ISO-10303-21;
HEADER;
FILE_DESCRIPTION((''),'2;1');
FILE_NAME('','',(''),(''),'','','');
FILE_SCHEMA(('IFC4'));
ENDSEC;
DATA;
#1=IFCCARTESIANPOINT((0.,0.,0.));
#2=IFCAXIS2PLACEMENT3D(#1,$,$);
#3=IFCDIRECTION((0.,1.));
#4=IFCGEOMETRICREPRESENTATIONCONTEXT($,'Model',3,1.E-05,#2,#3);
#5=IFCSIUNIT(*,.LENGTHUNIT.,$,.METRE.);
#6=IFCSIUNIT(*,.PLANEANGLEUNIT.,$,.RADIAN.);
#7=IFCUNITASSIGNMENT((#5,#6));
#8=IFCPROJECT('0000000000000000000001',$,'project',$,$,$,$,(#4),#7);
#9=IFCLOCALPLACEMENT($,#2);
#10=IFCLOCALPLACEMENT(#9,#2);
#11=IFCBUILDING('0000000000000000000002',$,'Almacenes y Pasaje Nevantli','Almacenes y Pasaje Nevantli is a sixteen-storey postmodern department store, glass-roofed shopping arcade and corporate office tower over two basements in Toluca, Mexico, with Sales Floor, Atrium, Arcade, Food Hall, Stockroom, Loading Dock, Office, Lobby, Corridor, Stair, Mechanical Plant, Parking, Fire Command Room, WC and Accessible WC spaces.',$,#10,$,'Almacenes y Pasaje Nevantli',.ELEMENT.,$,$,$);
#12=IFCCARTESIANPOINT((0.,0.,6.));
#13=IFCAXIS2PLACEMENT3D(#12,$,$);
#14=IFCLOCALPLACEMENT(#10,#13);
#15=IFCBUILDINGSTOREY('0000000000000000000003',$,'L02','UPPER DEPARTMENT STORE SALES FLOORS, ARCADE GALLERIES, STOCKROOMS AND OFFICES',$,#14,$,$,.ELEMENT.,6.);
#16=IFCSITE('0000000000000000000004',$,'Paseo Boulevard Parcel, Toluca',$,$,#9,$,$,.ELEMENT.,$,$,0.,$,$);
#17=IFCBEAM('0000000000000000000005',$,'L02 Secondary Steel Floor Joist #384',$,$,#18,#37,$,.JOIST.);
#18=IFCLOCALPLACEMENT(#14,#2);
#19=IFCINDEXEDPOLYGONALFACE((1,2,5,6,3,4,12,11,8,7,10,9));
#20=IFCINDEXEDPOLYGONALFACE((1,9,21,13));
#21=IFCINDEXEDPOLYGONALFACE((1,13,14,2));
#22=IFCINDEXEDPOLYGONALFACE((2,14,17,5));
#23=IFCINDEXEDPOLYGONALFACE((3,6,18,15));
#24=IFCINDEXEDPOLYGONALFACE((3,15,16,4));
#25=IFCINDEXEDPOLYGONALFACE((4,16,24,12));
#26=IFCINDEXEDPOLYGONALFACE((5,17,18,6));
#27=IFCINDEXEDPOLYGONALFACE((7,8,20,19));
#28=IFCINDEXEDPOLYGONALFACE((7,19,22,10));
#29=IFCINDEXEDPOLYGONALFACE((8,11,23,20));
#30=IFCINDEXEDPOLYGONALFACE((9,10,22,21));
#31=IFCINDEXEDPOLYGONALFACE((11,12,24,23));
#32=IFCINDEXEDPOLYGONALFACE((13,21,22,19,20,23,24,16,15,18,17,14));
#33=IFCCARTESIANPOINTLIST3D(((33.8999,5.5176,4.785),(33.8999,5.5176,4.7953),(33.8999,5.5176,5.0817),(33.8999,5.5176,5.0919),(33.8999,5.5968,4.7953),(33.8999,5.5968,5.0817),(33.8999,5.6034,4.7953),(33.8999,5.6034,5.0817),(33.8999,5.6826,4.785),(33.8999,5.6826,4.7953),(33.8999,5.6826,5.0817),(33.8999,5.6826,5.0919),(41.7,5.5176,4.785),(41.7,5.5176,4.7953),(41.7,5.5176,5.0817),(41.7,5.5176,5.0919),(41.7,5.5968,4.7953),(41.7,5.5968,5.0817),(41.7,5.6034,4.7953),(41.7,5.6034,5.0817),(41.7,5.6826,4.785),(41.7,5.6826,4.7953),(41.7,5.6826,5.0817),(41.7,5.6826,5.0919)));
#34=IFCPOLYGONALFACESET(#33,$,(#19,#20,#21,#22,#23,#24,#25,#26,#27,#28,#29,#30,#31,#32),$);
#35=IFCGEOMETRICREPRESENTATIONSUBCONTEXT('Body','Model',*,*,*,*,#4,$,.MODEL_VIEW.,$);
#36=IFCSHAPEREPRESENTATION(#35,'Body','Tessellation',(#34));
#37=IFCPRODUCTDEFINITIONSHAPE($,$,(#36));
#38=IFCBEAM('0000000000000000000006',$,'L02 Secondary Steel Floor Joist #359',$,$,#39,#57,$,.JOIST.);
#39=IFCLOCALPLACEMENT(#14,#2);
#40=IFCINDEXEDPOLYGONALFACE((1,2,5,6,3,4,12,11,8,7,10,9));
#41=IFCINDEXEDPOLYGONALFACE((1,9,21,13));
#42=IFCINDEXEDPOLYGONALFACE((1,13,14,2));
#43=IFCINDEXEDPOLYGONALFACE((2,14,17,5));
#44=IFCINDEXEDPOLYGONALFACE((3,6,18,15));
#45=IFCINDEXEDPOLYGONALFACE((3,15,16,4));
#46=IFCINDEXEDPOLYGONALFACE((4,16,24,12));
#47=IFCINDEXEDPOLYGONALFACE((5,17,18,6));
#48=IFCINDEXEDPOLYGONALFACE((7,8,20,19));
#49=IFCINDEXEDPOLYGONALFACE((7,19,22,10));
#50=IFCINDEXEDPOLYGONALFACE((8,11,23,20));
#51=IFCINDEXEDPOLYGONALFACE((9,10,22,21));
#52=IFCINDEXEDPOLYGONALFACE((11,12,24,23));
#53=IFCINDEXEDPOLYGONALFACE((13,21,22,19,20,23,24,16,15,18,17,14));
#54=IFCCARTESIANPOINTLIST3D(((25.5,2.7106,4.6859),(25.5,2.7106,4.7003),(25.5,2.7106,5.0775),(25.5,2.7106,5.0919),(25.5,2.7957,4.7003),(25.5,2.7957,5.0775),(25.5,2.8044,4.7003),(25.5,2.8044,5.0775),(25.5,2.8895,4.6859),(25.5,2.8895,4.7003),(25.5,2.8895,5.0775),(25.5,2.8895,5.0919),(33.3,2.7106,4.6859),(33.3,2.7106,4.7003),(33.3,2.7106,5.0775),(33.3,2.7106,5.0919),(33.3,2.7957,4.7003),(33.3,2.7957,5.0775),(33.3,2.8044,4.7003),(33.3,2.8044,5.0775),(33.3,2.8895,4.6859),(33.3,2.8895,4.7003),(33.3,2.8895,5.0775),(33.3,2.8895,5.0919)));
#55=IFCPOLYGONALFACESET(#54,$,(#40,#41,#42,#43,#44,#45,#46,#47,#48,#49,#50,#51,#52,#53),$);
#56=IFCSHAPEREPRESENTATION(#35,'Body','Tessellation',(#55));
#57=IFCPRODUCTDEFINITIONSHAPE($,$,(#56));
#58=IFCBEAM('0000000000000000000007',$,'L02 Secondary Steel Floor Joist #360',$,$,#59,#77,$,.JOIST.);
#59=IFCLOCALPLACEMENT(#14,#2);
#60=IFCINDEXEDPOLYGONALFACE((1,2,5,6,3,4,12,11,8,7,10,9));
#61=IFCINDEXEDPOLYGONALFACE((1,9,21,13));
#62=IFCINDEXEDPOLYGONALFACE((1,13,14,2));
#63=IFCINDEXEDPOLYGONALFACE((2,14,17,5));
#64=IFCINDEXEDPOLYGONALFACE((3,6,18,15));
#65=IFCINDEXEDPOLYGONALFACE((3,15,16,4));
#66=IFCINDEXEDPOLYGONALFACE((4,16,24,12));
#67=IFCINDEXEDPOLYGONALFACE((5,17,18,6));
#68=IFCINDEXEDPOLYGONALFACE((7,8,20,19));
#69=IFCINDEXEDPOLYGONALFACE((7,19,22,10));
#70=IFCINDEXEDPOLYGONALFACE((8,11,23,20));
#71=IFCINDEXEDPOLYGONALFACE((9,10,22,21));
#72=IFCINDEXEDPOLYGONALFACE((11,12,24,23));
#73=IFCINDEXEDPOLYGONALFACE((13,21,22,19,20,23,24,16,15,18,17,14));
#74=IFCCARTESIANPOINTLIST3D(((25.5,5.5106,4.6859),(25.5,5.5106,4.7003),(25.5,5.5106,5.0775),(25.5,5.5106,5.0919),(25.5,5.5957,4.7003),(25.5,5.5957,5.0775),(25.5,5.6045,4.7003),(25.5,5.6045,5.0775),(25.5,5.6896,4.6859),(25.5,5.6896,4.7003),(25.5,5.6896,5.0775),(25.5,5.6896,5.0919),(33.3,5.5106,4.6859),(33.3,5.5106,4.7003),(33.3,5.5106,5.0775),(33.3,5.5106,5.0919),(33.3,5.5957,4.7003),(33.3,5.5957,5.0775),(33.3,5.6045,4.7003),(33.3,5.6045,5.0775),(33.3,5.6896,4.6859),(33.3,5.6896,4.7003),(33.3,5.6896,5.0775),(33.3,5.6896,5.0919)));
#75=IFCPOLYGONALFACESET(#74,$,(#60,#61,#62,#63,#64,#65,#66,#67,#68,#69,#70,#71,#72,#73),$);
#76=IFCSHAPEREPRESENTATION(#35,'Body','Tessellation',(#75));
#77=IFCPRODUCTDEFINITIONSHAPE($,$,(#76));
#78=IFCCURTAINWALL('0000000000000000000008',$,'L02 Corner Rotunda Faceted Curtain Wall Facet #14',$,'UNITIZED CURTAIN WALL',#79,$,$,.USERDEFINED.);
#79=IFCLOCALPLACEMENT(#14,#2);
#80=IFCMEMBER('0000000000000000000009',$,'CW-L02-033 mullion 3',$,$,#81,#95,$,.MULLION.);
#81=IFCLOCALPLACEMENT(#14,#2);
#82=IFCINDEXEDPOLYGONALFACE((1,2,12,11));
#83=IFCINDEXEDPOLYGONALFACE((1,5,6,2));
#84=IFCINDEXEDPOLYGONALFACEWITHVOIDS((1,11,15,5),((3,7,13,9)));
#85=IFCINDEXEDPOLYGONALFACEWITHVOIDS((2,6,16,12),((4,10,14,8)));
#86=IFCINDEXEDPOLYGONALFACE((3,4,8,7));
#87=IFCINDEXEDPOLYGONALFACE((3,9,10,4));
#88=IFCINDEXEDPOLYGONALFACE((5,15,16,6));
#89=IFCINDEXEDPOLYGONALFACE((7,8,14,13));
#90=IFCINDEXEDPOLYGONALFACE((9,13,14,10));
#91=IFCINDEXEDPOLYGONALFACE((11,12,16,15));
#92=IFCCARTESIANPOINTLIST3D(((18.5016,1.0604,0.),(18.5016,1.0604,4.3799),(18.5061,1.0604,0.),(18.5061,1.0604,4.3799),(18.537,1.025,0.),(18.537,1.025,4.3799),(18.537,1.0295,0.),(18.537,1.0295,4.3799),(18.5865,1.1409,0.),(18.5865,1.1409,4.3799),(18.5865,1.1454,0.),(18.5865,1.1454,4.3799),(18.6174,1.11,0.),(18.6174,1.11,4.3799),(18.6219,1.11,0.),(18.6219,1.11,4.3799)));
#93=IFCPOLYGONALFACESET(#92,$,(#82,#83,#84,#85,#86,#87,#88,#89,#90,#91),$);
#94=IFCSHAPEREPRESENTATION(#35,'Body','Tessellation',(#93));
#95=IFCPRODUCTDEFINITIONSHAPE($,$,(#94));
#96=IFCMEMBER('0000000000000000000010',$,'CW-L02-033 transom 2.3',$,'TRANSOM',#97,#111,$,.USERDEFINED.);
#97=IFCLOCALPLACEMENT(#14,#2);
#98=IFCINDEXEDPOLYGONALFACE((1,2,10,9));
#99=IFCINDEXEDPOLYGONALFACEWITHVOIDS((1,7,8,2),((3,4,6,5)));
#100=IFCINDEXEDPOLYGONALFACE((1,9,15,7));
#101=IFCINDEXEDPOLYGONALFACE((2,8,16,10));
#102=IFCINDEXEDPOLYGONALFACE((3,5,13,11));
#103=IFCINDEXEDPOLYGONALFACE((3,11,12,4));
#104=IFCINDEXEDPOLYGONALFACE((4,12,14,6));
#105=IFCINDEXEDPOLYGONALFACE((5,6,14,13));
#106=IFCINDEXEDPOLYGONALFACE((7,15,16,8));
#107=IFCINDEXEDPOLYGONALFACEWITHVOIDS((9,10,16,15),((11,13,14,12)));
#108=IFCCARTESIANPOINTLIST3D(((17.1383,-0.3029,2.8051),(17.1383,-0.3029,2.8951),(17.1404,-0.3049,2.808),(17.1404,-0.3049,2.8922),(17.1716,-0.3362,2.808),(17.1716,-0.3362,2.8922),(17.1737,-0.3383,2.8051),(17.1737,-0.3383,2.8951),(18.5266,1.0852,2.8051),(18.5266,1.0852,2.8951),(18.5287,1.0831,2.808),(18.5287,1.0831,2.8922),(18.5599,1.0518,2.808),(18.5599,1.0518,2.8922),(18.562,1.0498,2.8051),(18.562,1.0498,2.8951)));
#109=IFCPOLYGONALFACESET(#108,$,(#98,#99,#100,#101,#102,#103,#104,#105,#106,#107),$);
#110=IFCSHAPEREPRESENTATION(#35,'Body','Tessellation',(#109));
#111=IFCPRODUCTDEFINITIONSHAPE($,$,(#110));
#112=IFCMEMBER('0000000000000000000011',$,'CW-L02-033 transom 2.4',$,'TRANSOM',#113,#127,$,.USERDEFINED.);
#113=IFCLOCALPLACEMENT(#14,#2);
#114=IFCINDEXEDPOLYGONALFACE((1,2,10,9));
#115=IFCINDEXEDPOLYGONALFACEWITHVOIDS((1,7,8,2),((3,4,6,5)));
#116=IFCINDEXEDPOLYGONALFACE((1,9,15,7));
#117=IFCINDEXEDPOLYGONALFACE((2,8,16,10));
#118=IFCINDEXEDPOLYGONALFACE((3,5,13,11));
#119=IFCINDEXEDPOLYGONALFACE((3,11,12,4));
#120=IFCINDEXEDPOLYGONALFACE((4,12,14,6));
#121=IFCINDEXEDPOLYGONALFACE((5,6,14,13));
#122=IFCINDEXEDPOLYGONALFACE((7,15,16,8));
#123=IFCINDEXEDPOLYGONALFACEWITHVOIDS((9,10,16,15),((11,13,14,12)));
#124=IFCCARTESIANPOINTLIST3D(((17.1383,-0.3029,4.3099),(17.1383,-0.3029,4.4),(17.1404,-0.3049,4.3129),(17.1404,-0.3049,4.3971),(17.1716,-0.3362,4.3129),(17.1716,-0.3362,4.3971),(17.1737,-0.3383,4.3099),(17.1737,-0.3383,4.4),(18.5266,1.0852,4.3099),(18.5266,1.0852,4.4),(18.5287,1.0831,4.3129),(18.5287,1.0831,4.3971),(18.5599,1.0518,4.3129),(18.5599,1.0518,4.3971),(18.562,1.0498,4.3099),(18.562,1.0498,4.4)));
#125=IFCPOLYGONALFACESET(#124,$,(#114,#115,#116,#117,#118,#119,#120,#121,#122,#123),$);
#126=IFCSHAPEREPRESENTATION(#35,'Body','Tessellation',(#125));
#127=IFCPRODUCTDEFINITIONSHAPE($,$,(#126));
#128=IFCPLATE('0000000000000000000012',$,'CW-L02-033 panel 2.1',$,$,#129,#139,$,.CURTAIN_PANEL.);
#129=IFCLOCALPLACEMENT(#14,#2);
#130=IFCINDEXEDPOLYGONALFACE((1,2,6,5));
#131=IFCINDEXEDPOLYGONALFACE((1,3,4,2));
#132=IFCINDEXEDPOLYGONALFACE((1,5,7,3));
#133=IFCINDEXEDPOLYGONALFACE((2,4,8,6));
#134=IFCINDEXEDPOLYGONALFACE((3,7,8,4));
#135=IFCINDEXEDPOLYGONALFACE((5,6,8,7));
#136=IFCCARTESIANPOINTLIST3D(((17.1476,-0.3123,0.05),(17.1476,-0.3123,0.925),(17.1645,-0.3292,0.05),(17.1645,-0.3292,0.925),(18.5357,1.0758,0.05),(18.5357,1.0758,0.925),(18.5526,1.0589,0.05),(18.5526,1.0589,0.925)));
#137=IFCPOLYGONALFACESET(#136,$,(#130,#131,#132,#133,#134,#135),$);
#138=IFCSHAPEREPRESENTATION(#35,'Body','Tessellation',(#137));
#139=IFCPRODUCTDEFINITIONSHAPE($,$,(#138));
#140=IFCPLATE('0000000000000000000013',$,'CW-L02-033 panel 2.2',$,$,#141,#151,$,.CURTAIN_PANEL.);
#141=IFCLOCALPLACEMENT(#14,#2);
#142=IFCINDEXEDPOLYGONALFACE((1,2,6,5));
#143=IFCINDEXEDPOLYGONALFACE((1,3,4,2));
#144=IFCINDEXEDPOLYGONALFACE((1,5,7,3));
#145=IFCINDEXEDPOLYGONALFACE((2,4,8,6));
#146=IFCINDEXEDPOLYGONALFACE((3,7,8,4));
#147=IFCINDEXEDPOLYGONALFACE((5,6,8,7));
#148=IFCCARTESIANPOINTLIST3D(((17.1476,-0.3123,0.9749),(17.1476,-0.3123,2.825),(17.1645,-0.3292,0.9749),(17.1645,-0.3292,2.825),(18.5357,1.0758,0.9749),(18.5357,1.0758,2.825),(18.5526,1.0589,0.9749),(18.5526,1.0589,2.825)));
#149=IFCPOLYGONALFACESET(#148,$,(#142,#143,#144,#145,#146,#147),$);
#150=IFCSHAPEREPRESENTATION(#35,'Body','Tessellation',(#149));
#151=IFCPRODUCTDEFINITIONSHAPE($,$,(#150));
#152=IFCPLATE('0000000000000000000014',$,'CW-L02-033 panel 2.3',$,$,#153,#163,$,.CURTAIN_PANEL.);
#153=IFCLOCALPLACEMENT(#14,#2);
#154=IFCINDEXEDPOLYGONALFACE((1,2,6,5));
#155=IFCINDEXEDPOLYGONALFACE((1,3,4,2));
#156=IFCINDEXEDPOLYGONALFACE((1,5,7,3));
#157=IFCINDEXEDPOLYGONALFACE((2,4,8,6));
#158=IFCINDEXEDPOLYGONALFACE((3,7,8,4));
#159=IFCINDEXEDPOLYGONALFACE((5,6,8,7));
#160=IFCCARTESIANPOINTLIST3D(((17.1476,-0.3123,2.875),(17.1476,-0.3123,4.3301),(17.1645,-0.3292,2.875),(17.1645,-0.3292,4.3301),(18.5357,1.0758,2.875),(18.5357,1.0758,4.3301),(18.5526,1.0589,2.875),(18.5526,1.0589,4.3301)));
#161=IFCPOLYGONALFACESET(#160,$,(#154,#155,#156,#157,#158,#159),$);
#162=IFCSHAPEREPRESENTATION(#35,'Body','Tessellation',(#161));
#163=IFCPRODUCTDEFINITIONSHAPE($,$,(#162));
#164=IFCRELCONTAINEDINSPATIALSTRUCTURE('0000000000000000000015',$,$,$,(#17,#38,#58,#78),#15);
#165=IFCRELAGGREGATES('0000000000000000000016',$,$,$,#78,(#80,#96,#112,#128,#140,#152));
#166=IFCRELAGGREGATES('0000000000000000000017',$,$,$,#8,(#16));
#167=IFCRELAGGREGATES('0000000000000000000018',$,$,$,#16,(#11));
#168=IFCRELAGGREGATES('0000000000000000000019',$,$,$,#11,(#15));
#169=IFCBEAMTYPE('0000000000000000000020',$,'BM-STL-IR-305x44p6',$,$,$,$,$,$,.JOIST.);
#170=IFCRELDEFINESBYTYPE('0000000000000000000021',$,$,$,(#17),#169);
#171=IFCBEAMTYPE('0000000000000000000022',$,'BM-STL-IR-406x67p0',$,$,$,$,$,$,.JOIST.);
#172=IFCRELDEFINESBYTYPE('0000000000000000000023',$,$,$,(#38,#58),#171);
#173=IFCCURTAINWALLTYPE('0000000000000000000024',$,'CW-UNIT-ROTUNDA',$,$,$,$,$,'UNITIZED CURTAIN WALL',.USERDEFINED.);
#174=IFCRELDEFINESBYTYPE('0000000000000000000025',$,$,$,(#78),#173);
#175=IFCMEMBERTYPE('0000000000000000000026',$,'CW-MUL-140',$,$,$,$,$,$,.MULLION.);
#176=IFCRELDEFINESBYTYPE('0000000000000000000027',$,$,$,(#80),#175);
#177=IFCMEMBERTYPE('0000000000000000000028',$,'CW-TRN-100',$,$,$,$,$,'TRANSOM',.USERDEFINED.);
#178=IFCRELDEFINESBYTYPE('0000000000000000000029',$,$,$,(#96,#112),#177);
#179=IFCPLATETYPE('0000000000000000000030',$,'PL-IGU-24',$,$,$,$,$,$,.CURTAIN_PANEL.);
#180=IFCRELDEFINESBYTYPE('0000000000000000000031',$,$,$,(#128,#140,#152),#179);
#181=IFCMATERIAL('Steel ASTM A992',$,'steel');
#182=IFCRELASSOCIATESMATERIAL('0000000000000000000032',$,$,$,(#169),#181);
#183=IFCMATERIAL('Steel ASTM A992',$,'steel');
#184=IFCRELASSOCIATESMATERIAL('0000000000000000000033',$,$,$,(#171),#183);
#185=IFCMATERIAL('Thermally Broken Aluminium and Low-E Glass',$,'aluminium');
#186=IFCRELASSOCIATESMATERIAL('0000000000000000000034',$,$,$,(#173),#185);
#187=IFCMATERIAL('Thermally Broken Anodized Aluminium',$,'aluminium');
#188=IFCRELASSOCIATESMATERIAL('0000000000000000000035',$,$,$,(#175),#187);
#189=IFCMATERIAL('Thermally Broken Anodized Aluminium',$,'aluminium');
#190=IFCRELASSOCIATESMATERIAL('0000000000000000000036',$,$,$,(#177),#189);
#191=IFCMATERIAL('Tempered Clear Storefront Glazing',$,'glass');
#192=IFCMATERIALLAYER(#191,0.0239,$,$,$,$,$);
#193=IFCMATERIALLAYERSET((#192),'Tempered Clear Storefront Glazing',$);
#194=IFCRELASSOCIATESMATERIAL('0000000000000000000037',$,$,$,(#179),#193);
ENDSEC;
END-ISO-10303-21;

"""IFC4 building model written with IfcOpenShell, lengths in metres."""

from ifc_helpers import new_model, si_unit, direction, frame, origin, origin_2d, place, context, subcontext, project, spatial, rectangle, hollow_rectangle, i_section, extrude, material, layer, layer_set, material_profile, profile_set, type_object, element, aggregate, save


model = new_model("IFC4")

# Units and contexts
model_context = context("Model", 3, precision=1e-05, world=origin(), true_north=direction((0.0, 1.0)))
body_context = subcontext(model_context, "Body", "Model", "MODEL_VIEW")
ifc_project = project(units=[si_unit("LENGTHUNIT", "METRE"), si_unit("PLANEANGLEUNIT", "RADIAN")], contexts=[model_context])

# Site, building, storey
site_placement = place(None, origin())
site = spatial("IfcSite", under=ifc_project, at=site_placement, Name="Paseo Boulevard Parcel, Toluca", CompositionType="ELEMENT", RefElevation=0.0)
building_placement = place(site_placement, origin())
building = spatial("IfcBuilding", under=site, at=building_placement, Name="Almacenes y Pasaje Nevantli", Description="Almacenes y Pasaje Nevantli is a sixteen-storey postmodern department store, glass-roofed shopping arcade and corporate office tower over two basements in Toluca, Mexico, with Sales Floor, Atrium, Arcade, Food Hall, Stockroom, Loading Dock, Office, Lobby, Corridor, Stair, Mechanical Plant, Parking, Fire Command Room, WC and Accessible WC spaces.", LongName="Almacenes y Pasaje Nevantli", CompositionType="ELEMENT")
storey_placement = place(building_placement, frame((0.0, 0.0, 6.0)))
storey = spatial("IfcBuildingStorey", under=building, at=storey_placement, Name="L02", Description="UPPER DEPARTMENT STORE SALES FLOORS, ARCADE GALLERIES, STOCKROOMS AND OFFICES", CompositionType="ELEMENT", Elevation=6.0)

# Beams
ifc_material_1 = material(Name="Steel ASTM A992", Category="steel")
ifc_material_profile_1 = material_profile(ifc_material_1, i_section(OverallWidth=0.165, OverallDepth=0.3069, WebThickness=0.0066, FlangeThickness=0.0103, at=origin_2d()), Name="IR 305x44.6")
ifc_profile_set_1 = profile_set([ifc_material_profile_1], Name="Steel ASTM A992")
beam_type_1 = type_object("IfcBeamType", Name="BM-STL-IR-305x44p6", PredefinedType="JOIST", material=ifc_profile_set_1)
for number, where, z_axis, x_axis, name in (
    (1, (33.8999, 5.6001, 4.9385), (1.0, 0.0, 0.0), (0.0, 1.0, 0.0), "L02 Secondary Steel Floor Joist #384"),
):
    element("IfcBeam", number, at=place(storey_placement, frame(where, z_axis=z_axis, x_axis=x_axis)), inside=storey, type_object=beam_type_1, Name=name, PredefinedType="JOIST", context=body_context, shape_type="SweptSolid", body=[
        extrude(i_section(OverallWidth=0.165, OverallDepth=0.3069, WebThickness=0.0066, FlangeThickness=0.0103, at=origin_2d()), origin(), (0.0, 0.0, 1.0), 7.8),
    ])
ifc_material_2 = material(Name="Steel ASTM A992", Category="steel")
ifc_material_profile_2 = material_profile(ifc_material_2, i_section(OverallWidth=0.179, OverallDepth=0.406, WebThickness=0.0088, FlangeThickness=0.0144, at=origin_2d()), Name="IR 406x67.0")
ifc_profile_set_2 = profile_set([ifc_material_profile_2], Name="Steel ASTM A992")
beam_type_2 = type_object("IfcBeamType", Name="BM-STL-IR-406x67p0", PredefinedType="JOIST", material=ifc_profile_set_2)
for number, where, z_axis, x_axis, name in (
    (2, (25.5, 2.8, 4.8889), (1.0, 0.0, 0.0), (0.0, 1.0, 0.0), "L02 Secondary Steel Floor Joist #359"),
    (3, (25.5, 5.6001, 4.8889), (1.0, 0.0, 0.0), (0.0, 1.0, 0.0), "L02 Secondary Steel Floor Joist #360"),
):
    element("IfcBeam", number, at=place(storey_placement, frame(where, z_axis=z_axis, x_axis=x_axis)), inside=storey, type_object=beam_type_2, Name=name, PredefinedType="JOIST", context=body_context, shape_type="SweptSolid", body=[
        extrude(i_section(OverallWidth=0.179, OverallDepth=0.406, WebThickness=0.0088, FlangeThickness=0.0144, at=origin_2d()), origin(), (0.0, 0.0, 1.0), 7.8),
    ])

# Curtain wall, members, plates
ifc_material_3 = material(Name="Thermally Broken Aluminium and Low-E Glass", Category="aluminium")
curtain_wall_type = type_object("IfcCurtainWallType", Name="CW-UNIT-ROTUNDA", ElementType="UNITIZED CURTAIN WALL", PredefinedType="USERDEFINED", material=ifc_material_3)
curtain_wall_placement = place(storey_placement, origin())
curtain_wall = element("IfcCurtainWall", 4, at=curtain_wall_placement, inside=storey, type_object=curtain_wall_type, Name="L02 Corner Rotunda Faceted Curtain Wall Facet #14", ObjectType="UNITIZED CURTAIN WALL", PredefinedType="USERDEFINED")
ifc_material_4 = material(Name="Thermally Broken Anodized Aluminium", Category="aluminium")
ifc_material_profile_3 = material_profile(ifc_material_4, hollow_rectangle(XDim=0.05, YDim=0.1201, WallThickness=0.0032, at=origin_2d()), Name="ALU-MUL-50x120")
ifc_profile_set_3 = profile_set([ifc_material_profile_3], Name="Thermally Broken Anodized Aluminium")
member_type_1 = type_object("IfcMemberType", Name="CW-MUL-140", PredefinedType="MULLION", material=ifc_profile_set_3)
member_1_placement = place(storey_placement, frame((18.5618, 1.0852, 0.0), z_axis=(0.0, 0.0, 1.0), x_axis=(-0.707107, 0.707107, 0.0)))
member_1 = element("IfcMember", 5, at=member_1_placement, type_object=member_type_1, Name="CW-L02-033 mullion 3", PredefinedType="MULLION", context=body_context, shape_type="SweptSolid", body=[
    extrude(hollow_rectangle(XDim=0.05, YDim=0.1201, WallThickness=0.0032, at=origin_2d()), origin(), (0.0, 0.0, 1.0), 4.3799),
])
ifc_material_5 = material(Name="Thermally Broken Anodized Aluminium", Category="aluminium")
ifc_material_profile_4 = material_profile(ifc_material_5, hollow_rectangle(XDim=0.05, YDim=0.0901, WallThickness=0.0029, at=origin_2d()), Name="ALU-TRN-50x90")
ifc_profile_set_4 = profile_set([ifc_material_profile_4], Name="Thermally Broken Anodized Aluminium")
member_type_2 = type_object("IfcMemberType", Name="CW-TRN-100", ElementType="TRANSOM", PredefinedType="USERDEFINED", material=ifc_profile_set_4)
member_2_placement = place(storey_placement, frame((17.156, -0.3206, 2.8501), z_axis=(0.707169, 0.707045, 0.0), x_axis=(-0.707045, 0.707169, 0.0)))
member_2 = element("IfcMember", 6, at=member_2_placement, type_object=member_type_2, Name="CW-L02-033 transom 2.3", ObjectType="TRANSOM", PredefinedType="USERDEFINED", context=body_context, shape_type="SweptSolid", body=[
    extrude(hollow_rectangle(XDim=0.05, YDim=0.0901, WallThickness=0.0029, at=origin_2d()), origin(), (0.0, 0.0, 1.0), 1.9631),
])
member_3_placement = place(storey_placement, frame((17.156, -0.3206, 4.355), z_axis=(0.707169, 0.707045, 0.0), x_axis=(-0.707045, 0.707169, 0.0)))
member_3 = element("IfcMember", 7, at=member_3_placement, type_object=member_type_2, Name="CW-L02-033 transom 2.4", ObjectType="TRANSOM", PredefinedType="USERDEFINED", context=body_context, shape_type="SweptSolid", body=[
    extrude(hollow_rectangle(XDim=0.05, YDim=0.0901, WallThickness=0.0029, at=origin_2d()), origin(), (0.0, 0.0, 1.0), 1.9631),
])
ifc_material_6 = material(Name="Tempered Clear Storefront Glazing", Category="glass")
ifc_layer_1 = layer(ifc_material_6, 0.0239)
ifc_layer_set_1 = layer_set([ifc_layer_1], Name="Tempered Clear Storefront Glazing")
plate_type = type_object("IfcPlateType", Name="PL-IGU-24", PredefinedType="CURTAIN_PANEL", material=ifc_layer_set_1)
plate_1_placement = place(storey_placement, frame((17.8501, 0.3733, 0.05), z_axis=(0.0, 0.0, 1.0), x_axis=(0.707107, 0.707107, 0.0)))
plate_1 = element("IfcPlate", 8, at=plate_1_placement, type_object=plate_type, Name="CW-L02-033 panel 2.1", PredefinedType="CURTAIN_PANEL", context=body_context, shape_type="SweptSolid", body=[
    extrude(rectangle(XDim=1.9631, YDim=0.0239, at=origin_2d()), origin(), (0.0, 0.0, 1.0), 0.875),
])
plate_2_placement = place(storey_placement, frame((17.8501, 0.3733, 0.9749), z_axis=(0.0, 0.0, 1.0), x_axis=(0.707107, 0.707107, 0.0)))
plate_2 = element("IfcPlate", 9, at=plate_2_placement, type_object=plate_type, Name="CW-L02-033 panel 2.2", PredefinedType="CURTAIN_PANEL", context=body_context, shape_type="SweptSolid", body=[
    extrude(rectangle(XDim=1.9631, YDim=0.0239, at=origin_2d()), origin(), (0.0, 0.0, 1.0), 1.8501),
])
plate_3_placement = place(storey_placement, frame((17.8501, 0.3733, 2.875), z_axis=(0.0, 0.0, 1.0), x_axis=(0.707107, 0.707107, 0.0)))
plate_3 = element("IfcPlate", 10, at=plate_3_placement, type_object=plate_type, Name="CW-L02-033 panel 2.3", PredefinedType="CURTAIN_PANEL", context=body_context, shape_type="SweptSolid", body=[
    extrude(rectangle(XDim=1.9631, YDim=0.0239, at=origin_2d()), origin(), (0.0, 0.0, 1.0), 1.4551),
])
aggregate(curtain_wall, [member_1, member_2, member_3, plate_1, plate_2, plate_3])

save(model, "model.ifc")
